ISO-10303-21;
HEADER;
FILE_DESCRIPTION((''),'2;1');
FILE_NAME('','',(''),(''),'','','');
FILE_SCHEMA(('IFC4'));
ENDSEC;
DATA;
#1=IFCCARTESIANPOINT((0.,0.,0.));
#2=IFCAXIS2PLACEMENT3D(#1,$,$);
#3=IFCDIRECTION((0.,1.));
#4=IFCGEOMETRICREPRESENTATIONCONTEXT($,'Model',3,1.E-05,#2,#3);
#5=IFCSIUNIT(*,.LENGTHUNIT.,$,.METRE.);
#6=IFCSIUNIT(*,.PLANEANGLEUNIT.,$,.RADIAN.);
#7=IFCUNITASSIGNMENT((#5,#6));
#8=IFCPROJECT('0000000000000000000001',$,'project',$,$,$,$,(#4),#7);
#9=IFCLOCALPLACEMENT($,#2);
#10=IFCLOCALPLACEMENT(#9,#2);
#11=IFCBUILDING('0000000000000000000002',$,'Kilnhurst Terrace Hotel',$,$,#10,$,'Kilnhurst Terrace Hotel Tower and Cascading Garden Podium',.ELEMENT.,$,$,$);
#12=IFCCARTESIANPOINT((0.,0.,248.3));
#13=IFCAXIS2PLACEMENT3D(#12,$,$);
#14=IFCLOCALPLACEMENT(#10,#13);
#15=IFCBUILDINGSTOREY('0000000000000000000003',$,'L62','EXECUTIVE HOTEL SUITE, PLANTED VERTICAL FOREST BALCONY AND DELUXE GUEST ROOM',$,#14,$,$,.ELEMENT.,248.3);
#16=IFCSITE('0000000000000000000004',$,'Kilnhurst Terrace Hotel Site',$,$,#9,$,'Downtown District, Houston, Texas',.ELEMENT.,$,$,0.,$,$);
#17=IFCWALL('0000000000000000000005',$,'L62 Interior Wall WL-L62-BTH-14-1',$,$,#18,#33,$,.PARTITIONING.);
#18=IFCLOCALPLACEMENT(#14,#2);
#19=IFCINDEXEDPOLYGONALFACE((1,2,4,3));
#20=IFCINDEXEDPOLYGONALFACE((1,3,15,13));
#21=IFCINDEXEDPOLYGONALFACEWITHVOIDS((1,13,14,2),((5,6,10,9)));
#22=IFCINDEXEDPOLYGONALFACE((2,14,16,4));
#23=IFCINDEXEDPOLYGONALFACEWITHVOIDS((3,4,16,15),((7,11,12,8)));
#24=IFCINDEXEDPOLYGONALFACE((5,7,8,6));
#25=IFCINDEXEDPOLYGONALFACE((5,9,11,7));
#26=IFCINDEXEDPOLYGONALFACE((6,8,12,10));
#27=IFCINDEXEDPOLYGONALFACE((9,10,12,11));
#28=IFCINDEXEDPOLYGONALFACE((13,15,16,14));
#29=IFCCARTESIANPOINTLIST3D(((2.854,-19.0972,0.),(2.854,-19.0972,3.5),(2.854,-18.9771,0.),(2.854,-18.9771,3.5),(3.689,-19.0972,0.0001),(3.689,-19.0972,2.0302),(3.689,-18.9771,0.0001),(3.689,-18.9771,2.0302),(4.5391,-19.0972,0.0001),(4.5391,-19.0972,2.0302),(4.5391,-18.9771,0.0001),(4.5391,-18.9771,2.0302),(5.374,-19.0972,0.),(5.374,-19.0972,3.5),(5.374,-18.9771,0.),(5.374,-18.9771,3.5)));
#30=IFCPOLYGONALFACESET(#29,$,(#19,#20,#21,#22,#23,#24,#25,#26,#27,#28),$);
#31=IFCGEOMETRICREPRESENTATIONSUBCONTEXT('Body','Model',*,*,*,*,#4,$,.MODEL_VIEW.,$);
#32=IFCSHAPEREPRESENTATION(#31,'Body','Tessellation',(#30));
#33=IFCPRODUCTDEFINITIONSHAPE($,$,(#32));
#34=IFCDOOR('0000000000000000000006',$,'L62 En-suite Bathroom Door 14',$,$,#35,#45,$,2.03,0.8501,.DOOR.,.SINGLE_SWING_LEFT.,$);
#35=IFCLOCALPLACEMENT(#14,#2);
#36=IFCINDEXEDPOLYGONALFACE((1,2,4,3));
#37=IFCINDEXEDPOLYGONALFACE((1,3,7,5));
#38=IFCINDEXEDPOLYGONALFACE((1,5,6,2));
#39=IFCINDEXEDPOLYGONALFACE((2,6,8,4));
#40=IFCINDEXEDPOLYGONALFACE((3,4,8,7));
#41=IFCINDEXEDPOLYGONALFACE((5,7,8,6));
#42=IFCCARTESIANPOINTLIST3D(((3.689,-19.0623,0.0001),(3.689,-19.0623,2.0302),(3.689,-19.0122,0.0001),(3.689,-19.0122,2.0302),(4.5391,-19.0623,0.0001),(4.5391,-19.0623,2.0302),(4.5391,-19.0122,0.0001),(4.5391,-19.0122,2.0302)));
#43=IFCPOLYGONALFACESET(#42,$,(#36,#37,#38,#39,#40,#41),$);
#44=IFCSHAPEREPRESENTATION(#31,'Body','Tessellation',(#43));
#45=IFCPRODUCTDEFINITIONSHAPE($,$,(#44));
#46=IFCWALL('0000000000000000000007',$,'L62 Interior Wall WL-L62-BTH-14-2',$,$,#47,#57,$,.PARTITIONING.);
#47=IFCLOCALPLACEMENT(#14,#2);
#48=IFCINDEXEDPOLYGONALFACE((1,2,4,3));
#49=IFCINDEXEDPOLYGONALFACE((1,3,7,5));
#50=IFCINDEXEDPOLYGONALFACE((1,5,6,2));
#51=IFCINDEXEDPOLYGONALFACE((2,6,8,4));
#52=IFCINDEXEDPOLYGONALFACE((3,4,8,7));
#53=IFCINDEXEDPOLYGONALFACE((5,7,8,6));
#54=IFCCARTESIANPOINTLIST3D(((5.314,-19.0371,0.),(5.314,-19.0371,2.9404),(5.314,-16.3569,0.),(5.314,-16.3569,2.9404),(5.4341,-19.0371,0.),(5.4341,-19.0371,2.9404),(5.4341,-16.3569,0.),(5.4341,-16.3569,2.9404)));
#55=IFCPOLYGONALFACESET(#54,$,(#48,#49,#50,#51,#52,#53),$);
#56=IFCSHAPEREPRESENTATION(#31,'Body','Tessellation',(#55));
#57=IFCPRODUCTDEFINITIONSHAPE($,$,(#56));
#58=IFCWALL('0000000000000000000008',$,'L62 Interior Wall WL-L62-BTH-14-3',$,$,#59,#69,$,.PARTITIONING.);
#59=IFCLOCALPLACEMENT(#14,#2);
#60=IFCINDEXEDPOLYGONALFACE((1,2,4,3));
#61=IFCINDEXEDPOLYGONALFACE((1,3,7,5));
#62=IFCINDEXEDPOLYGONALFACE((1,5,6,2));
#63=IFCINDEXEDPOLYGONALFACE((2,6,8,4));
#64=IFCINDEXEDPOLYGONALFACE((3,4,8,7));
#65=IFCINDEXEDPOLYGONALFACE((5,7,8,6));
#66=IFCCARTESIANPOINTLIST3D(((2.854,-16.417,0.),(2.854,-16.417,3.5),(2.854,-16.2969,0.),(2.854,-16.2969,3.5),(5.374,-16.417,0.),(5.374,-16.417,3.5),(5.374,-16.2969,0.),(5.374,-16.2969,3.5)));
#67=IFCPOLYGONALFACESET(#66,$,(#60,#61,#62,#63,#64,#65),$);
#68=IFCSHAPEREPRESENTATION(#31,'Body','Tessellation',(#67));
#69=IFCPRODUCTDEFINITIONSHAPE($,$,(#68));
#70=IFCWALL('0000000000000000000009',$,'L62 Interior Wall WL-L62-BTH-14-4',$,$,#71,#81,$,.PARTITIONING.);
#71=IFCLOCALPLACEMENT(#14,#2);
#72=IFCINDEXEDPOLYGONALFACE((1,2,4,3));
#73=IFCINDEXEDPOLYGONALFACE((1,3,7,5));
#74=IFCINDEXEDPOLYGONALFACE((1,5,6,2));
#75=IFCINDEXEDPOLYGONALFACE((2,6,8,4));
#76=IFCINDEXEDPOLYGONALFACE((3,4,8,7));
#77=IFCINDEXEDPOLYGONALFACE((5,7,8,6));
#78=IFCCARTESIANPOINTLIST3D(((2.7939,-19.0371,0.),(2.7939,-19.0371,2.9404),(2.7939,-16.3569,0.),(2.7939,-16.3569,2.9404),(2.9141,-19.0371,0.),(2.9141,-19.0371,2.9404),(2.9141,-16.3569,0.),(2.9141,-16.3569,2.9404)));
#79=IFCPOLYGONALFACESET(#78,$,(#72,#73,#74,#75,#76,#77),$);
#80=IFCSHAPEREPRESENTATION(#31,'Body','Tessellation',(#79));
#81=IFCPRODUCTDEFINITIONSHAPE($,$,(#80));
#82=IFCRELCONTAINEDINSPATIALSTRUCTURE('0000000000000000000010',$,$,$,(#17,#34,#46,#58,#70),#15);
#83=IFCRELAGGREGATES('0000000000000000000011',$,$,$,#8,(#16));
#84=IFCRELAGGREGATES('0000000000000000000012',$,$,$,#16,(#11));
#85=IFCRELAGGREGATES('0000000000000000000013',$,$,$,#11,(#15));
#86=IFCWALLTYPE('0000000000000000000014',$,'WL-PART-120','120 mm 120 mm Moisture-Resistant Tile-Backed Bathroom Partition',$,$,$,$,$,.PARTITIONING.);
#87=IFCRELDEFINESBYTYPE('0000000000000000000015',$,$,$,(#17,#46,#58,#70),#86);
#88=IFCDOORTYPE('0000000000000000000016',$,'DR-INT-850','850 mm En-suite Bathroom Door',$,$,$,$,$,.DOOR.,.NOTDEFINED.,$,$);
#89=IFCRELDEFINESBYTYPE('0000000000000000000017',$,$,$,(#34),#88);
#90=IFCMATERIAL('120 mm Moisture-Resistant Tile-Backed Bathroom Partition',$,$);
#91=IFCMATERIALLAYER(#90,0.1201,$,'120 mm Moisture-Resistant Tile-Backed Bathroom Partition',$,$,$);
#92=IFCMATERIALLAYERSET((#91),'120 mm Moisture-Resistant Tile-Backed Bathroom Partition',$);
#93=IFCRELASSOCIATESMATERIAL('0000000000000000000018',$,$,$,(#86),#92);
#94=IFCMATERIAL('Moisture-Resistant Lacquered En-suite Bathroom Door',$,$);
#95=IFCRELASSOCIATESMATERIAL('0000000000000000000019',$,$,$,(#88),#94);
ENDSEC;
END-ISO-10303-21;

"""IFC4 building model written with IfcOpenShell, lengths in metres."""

from ifc_helpers import new_model, si_unit, direction, frame, frame_2d, origin, place, context, subcontext, project, spatial, rectangle, extrude, material, layer, layer_set, type_object, element, fill, save


model = new_model("IFC4")

# Units and contexts
model_context = context("Model", 3, precision=1e-05, world=origin(), true_north=direction((0.0, 1.0)))
body_context = subcontext(model_context, "Body", "Model", "MODEL_VIEW")
ifc_project = project(units=[si_unit("LENGTHUNIT", "METRE"), si_unit("PLANEANGLEUNIT", "RADIAN")], contexts=[model_context])

# Site, building, storey
site_placement = place(None, origin())
site = spatial("IfcSite", under=ifc_project, at=site_placement, Name="Kilnhurst Terrace Hotel Site", LongName="Downtown District, Houston, Texas", CompositionType="ELEMENT", RefElevation=0.0)
building_placement = place(site_placement, origin())
building = spatial("IfcBuilding", under=site, at=building_placement, Name="Kilnhurst Terrace Hotel", LongName="Kilnhurst Terrace Hotel Tower and Cascading Garden Podium", CompositionType="ELEMENT")
storey_placement = place(building_placement, frame((0.0, 0.0, 248.3)))
storey = spatial("IfcBuildingStorey", under=building, at=storey_placement, Name="L62", Description="EXECUTIVE HOTEL SUITE, PLANTED VERTICAL FOREST BALCONY AND DELUXE GUEST ROOM", CompositionType="ELEMENT", Elevation=248.3)

# Wall, opening, door
ifc_material_1 = material(Name="120 mm Moisture-Resistant Tile-Backed Bathroom Partition")
ifc_layer_1 = layer(ifc_material_1, 0.1201, Name="120 mm Moisture-Resistant Tile-Backed Bathroom Partition")
ifc_layer_set_1 = layer_set([ifc_layer_1], Name="120 mm Moisture-Resistant Tile-Backed Bathroom Partition")
wall_type_1 = type_object("IfcWallType", Name="WL-PART-120", Description="120 mm 120 mm Moisture-Resistant Tile-Backed Bathroom Partition", PredefinedType="PARTITIONING", material=ifc_layer_set_1)
wall_1_placement = place(storey_placement, frame((2.854, -19.0371, 0.0), z_axis=(0.0, 0.0, 1.0), x_axis=(1.0, 0.0, 0.0)))
wall_1 = element("IfcWall", 1, at=wall_1_placement, inside=storey, type_object=wall_type_1, Name="L62 Interior Wall WL-L62-BTH-14-1", PredefinedType="PARTITIONING", context=body_context, shape_type="SweptSolid", body=[
    extrude(rectangle(XDim=2.52, YDim=0.1201, at=frame_2d((1.26, 0.0))), origin(), (0.0, 0.0, 1.0), 3.5),
])
opening_placement = place(wall_1_placement, frame((0.835, 0.0, 0.0)))
opening = element("IfcOpeningElement", 2, at=opening_placement, cuts=wall_1, PredefinedType="OPENING", context=body_context, shape_type="SweptSolid", body=[
    extrude(rectangle(XDim=0.8501, YDim=2.03, at=frame_2d((0.425, 1.0151))), frame((0.0, 0.0701, 0.0), z_axis=(0.0, -1.0, 0.0), x_axis=(1.0, 0.0, 0.0)), (0.0, 0.0, 1.0), 0.1401),
])
ifc_material_2 = material(Name="Moisture-Resistant Lacquered En-suite Bathroom Door")
door_type = type_object("IfcDoorType", Name="DR-INT-850", Description="850 mm En-suite Bathroom Door", OperationType="NOTDEFINED", PredefinedType="DOOR", material=ifc_material_2)
door_placement = place(opening_placement, origin())
door = element("IfcDoor", 3, at=door_placement, inside=storey, type_object=door_type, Name="L62 En-suite Bathroom Door 14", OperationType="SINGLE_SWING_LEFT", OverallHeight=2.03, OverallWidth=0.8501, PredefinedType="DOOR", context=body_context, shape_type="SweptSolid", body=[
    extrude(rectangle(XDim=0.8501, YDim=2.03, at=frame_2d((0.425, 1.0151))), frame((0.0, 0.0249, 0.0), z_axis=(0.0, -1.0, 0.0), x_axis=(1.0, 0.0, 0.0)), (0.0, 0.0, 1.0), 0.05),
])
fill(opening, door)

# Walls
wall_2_placement = place(storey_placement, frame((5.374, -19.0371, 0.0), z_axis=(0.0, 0.0, 1.0), x_axis=(0.0, 1.0, 0.0)))
element("IfcWall", 4, at=wall_2_placement, inside=storey, type_object=wall_type_1, Name="L62 Interior Wall WL-L62-BTH-14-2", PredefinedType="PARTITIONING", context=body_context, shape_type="SweptSolid", body=[
    extrude(rectangle(XDim=2.6802, YDim=0.1201, at=frame_2d((1.3401, 0.0))), origin(), (0.0, 0.0, 1.0), 2.9404),
])
wall_3_placement = place(storey_placement, frame((5.374, -16.3569, 0.0), z_axis=(0.0, 0.0, 1.0), x_axis=(-1.0, 0.0, 0.0)))
element("IfcWall", 5, at=wall_3_placement, inside=storey, type_object=wall_type_1, Name="L62 Interior Wall WL-L62-BTH-14-3", PredefinedType="PARTITIONING", context=body_context, shape_type="SweptSolid", body=[
    extrude(rectangle(XDim=2.52, YDim=0.1201, at=frame_2d((1.26, 0.0))), origin(), (0.0, 0.0, 1.0), 3.5),
])
wall_4_placement = place(storey_placement, frame((2.854, -16.3569, 0.0), z_axis=(0.0, 0.0, 1.0), x_axis=(0.0, -1.0, 0.0)))
element("IfcWall", 6, at=wall_4_placement, inside=storey, type_object=wall_type_1, Name="L62 Interior Wall WL-L62-BTH-14-4", PredefinedType="PARTITIONING", context=body_context, shape_type="SweptSolid", body=[
    extrude(rectangle(XDim=2.6802, YDim=0.1201, at=frame_2d((1.3401, 0.0))), origin(), (0.0, 0.0, 1.0), 2.9404),
])

save(model, "model.ifc")
